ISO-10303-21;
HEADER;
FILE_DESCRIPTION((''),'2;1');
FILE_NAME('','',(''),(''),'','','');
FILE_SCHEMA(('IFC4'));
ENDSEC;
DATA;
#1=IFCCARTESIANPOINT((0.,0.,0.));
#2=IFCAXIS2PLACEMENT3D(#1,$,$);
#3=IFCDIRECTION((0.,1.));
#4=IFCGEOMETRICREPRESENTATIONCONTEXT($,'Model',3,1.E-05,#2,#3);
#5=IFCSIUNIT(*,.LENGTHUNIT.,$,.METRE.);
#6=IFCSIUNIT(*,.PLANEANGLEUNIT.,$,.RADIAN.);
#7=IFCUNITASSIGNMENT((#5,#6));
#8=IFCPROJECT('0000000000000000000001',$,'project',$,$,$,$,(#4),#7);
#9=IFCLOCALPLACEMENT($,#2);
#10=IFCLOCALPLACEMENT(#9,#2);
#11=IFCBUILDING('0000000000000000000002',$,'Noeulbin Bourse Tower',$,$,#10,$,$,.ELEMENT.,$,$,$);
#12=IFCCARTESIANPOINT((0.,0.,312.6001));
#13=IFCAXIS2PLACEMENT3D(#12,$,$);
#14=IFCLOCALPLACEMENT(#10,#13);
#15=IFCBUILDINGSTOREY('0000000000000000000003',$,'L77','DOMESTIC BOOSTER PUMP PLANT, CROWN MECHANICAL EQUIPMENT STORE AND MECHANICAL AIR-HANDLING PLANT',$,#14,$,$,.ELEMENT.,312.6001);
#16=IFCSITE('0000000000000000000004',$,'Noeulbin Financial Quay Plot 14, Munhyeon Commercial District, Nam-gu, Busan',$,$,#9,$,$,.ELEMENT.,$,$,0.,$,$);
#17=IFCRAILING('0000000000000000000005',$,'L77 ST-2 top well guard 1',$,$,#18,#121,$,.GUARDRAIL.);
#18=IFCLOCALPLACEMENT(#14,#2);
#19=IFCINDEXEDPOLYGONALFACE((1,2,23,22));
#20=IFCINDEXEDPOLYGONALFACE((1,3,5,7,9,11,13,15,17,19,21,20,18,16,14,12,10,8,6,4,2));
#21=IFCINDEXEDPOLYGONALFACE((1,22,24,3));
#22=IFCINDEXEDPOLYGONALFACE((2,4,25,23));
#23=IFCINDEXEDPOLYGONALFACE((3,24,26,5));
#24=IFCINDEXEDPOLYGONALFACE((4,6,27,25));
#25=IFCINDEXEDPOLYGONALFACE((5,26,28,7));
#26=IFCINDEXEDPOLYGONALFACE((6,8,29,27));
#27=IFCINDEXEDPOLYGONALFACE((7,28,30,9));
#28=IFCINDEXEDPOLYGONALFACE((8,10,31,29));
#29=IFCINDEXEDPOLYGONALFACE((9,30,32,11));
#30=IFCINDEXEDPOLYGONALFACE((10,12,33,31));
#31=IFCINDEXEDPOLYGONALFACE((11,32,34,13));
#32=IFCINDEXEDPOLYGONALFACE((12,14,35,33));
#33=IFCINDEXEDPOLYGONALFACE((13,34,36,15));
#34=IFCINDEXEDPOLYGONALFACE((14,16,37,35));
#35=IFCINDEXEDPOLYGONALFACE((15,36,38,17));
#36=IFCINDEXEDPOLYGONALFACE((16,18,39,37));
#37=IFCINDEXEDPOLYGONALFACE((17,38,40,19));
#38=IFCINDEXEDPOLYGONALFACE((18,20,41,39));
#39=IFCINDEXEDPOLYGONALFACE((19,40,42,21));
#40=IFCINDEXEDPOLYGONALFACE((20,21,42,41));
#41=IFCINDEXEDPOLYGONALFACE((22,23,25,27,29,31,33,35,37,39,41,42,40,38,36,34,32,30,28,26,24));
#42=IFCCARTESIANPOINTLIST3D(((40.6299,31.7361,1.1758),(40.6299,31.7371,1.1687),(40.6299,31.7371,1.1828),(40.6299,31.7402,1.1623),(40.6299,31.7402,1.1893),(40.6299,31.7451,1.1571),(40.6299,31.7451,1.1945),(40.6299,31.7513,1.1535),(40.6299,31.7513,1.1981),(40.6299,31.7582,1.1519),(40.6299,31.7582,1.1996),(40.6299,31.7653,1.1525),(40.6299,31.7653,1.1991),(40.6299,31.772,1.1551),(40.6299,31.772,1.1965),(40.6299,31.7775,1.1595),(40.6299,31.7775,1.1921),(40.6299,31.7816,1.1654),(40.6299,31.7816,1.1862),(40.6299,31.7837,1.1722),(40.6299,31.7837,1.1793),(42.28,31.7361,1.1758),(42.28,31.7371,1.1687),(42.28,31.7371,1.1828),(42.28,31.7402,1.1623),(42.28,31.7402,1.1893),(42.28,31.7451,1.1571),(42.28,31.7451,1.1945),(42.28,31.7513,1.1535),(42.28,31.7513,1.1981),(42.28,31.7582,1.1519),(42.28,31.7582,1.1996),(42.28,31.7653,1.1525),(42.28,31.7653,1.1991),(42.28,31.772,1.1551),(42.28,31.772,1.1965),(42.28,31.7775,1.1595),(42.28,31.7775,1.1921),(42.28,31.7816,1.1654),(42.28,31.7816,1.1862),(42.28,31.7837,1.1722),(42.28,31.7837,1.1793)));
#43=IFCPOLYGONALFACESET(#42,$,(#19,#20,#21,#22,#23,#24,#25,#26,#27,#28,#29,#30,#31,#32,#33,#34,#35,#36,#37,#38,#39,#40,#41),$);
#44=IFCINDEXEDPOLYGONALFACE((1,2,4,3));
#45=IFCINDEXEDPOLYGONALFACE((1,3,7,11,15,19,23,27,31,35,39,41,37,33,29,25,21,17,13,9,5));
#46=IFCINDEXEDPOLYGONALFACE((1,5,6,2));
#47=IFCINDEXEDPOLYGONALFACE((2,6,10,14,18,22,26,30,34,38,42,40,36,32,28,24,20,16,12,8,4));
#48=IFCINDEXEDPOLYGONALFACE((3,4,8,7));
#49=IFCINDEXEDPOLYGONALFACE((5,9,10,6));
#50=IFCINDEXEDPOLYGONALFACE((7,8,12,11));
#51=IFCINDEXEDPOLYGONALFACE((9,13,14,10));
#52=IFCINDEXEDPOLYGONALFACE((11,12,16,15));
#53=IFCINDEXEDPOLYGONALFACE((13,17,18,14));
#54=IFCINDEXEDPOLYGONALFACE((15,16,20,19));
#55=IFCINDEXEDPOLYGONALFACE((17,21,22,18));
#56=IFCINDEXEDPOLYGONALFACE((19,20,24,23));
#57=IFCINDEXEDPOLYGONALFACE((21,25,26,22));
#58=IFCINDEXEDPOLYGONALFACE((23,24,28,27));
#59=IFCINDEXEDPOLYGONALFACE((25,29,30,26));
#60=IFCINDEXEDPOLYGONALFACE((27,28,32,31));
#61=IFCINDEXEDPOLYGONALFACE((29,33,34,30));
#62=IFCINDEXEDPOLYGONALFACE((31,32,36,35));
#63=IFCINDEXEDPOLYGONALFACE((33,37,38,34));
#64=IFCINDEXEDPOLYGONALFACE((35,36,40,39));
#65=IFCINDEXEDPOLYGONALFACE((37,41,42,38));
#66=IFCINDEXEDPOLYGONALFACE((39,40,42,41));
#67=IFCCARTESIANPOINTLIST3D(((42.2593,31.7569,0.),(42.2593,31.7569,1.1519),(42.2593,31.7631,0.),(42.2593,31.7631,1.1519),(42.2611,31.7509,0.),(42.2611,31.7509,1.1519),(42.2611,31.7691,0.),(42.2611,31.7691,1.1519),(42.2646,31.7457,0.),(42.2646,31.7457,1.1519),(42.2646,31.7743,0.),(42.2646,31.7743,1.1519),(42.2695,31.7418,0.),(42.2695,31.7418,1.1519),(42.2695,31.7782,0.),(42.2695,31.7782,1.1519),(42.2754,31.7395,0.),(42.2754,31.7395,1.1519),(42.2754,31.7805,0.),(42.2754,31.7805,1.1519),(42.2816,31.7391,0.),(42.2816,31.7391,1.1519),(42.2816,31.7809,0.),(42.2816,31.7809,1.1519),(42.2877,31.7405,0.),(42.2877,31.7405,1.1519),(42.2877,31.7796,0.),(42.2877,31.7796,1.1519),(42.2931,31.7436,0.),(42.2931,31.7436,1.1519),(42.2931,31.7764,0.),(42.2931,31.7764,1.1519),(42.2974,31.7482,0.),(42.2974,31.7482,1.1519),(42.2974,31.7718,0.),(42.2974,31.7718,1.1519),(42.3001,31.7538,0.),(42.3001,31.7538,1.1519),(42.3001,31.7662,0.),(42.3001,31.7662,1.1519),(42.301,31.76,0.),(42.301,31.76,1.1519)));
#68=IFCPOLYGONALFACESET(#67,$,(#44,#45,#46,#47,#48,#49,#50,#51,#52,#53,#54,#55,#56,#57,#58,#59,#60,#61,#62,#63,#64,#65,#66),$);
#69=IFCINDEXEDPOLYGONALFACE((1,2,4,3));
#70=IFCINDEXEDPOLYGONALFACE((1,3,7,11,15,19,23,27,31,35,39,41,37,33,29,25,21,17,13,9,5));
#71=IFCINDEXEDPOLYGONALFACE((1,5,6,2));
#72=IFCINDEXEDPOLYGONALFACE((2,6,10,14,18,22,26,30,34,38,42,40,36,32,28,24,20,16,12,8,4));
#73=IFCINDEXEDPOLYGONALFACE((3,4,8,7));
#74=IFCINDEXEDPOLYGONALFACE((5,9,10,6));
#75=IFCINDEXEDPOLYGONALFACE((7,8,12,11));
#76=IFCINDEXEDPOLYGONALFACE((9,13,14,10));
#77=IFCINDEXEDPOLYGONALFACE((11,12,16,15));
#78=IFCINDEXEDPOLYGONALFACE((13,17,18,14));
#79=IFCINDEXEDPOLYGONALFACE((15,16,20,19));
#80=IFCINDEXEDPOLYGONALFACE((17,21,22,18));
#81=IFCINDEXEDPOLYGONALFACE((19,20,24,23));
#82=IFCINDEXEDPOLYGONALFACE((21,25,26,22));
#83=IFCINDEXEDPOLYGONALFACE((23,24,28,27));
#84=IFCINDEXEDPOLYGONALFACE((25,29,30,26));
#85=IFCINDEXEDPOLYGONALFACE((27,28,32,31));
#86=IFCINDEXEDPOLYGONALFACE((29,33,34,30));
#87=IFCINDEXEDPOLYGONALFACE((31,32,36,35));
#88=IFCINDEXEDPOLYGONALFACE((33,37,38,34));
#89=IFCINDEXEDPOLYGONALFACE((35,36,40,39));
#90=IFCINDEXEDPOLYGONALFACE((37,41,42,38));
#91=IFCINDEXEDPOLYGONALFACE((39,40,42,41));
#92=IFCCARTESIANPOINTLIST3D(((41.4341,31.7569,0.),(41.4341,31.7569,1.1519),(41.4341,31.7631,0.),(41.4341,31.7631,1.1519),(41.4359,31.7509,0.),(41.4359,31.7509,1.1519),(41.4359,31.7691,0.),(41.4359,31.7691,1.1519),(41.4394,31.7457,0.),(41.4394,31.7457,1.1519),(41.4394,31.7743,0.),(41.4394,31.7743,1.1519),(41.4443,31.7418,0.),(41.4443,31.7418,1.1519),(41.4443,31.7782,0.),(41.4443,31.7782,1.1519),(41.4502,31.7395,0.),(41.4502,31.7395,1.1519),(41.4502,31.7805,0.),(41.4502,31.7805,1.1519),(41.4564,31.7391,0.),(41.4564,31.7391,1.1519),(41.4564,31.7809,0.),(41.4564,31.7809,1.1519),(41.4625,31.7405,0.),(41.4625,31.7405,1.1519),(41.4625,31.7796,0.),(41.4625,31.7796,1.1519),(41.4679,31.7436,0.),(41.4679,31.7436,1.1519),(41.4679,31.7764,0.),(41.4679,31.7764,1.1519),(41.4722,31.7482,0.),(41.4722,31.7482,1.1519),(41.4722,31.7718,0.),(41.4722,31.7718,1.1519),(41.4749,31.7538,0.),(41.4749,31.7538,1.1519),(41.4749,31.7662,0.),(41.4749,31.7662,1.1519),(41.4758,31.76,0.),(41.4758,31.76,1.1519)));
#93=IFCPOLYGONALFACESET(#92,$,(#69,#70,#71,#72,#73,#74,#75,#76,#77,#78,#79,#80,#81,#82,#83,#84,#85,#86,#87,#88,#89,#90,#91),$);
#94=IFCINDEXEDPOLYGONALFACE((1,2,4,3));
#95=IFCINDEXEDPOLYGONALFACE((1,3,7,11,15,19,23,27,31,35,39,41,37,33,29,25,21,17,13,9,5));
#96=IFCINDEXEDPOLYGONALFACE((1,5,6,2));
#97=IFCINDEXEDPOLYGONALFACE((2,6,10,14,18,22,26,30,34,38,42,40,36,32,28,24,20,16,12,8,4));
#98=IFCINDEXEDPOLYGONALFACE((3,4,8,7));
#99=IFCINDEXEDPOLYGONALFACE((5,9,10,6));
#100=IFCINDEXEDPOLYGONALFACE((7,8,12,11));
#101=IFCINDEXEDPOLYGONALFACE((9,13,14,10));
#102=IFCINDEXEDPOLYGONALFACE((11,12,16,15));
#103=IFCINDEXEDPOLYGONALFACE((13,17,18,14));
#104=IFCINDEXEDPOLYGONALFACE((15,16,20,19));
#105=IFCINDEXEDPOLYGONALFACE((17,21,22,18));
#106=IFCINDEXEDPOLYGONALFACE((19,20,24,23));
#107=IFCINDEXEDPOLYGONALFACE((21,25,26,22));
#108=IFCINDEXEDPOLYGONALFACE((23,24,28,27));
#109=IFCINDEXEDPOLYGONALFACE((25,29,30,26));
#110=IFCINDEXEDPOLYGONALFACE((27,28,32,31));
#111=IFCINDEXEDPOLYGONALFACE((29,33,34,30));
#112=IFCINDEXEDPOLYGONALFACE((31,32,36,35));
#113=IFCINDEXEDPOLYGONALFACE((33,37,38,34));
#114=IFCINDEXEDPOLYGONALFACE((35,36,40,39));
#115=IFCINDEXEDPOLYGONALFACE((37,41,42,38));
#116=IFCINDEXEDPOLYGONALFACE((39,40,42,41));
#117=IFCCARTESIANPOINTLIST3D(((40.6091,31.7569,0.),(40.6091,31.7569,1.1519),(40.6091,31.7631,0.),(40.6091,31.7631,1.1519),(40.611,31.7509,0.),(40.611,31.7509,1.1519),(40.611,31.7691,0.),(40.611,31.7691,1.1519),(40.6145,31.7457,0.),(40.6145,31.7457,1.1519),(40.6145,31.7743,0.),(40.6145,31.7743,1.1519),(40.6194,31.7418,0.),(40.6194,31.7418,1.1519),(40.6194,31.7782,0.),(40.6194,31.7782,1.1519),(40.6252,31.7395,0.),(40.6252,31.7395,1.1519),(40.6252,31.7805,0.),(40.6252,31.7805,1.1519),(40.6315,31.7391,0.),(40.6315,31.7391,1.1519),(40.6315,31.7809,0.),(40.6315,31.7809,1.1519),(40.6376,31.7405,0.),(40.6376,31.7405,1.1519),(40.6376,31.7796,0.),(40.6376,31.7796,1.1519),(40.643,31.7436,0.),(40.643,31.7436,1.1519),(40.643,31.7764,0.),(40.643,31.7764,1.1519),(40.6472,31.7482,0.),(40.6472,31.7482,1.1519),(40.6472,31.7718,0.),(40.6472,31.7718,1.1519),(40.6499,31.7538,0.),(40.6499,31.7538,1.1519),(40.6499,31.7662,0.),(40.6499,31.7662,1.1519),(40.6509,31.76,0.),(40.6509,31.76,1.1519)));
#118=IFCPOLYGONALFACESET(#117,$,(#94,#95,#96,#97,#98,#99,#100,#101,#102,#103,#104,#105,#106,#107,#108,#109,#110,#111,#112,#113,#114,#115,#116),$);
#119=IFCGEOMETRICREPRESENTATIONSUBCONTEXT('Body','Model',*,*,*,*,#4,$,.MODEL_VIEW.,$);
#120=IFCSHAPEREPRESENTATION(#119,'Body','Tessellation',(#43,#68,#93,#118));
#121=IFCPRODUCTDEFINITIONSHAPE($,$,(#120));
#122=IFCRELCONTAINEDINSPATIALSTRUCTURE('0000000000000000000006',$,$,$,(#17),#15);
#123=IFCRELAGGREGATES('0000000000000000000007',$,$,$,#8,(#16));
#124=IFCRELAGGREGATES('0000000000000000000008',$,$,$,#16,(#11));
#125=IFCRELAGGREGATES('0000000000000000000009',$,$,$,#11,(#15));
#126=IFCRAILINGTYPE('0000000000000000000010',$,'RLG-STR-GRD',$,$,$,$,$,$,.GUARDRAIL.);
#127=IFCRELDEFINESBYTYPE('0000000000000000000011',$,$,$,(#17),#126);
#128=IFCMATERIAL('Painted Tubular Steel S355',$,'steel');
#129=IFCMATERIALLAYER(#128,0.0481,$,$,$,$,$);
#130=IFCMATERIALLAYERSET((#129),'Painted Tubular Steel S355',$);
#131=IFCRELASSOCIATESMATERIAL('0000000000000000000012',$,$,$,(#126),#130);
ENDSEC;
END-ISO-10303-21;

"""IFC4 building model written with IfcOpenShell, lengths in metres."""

from ifc_helpers import new_model, si_unit, direction, frame, origin, origin_2d, place, context, subcontext, project, spatial, circle, extrude, material, layer, layer_set, type_object, element, save


model = new_model("IFC4")

# Units and contexts
model_context = context("Model", 3, precision=1e-05, world=origin(), true_north=direction((0.0, 1.0)))
body_context = subcontext(model_context, "Body", "Model", "MODEL_VIEW")
ifc_project = project(units=[si_unit("LENGTHUNIT", "METRE"), si_unit("PLANEANGLEUNIT", "RADIAN")], contexts=[model_context])

# Site, building, storey
site_placement = place(None, origin())
site = spatial("IfcSite", under=ifc_project, at=site_placement, Name="Noeulbin Financial Quay Plot 14, Munhyeon Commercial District, Nam-gu, Busan", CompositionType="ELEMENT", RefElevation=0.0)
building_placement = place(site_placement, origin())
building = spatial("IfcBuilding", under=site, at=building_placement, Name="Noeulbin Bourse Tower", CompositionType="ELEMENT")
storey_placement = place(building_placement, frame((0.0, 0.0, 312.6001)))
storey = spatial("IfcBuildingStorey", under=building, at=storey_placement, Name="L77", Description="DOMESTIC BOOSTER PUMP PLANT, CROWN MECHANICAL EQUIPMENT STORE AND MECHANICAL AIR-HANDLING PLANT", CompositionType="ELEMENT", Elevation=312.6001)

# Railing
ifc_material_1 = material(Name="Painted Tubular Steel S355", Category="steel")
ifc_layer_1 = layer(ifc_material_1, 0.0481)
ifc_layer_set_1 = layer_set([ifc_layer_1], Name="Painted Tubular Steel S355")
railing_type = type_object("IfcRailingType", Name="RLG-STR-GRD", PredefinedType="GUARDRAIL", material=ifc_layer_set_1)
railing_placement = place(storey_placement, frame((42.28, 31.76, 0.0)))
element("IfcRailing", 1, at=railing_placement, inside=storey, type_object=railing_type, Name="L77 ST-2 top well guard 1", PredefinedType="GUARDRAIL", context=body_context, shape_type="SweptSolid", body=[
    extrude(circle(Radius=0.0239, at=origin_2d()), frame((0.0, 0.0, 1.1758), z_axis=(-1.0, 0.0, 0.0), x_axis=(0.0, -1.0, 0.0)), (0.0, 0.0, 1.0), 1.6501),
    extrude(circle(Radius=0.021, at=origin_2d()), origin(), (0.0, 0.0, 1.0), 1.1519),
    extrude(circle(Radius=0.021, at=origin_2d()), frame((-0.8252, 0.0, 0.0)), (0.0, 0.0, 1.0), 1.1519),
    extrude(circle(Radius=0.021, at=origin_2d()), frame((-1.6501, 0.0, 0.0)), (0.0, 0.0, 1.0), 1.1519),
])

save(model, "model.ifc")
